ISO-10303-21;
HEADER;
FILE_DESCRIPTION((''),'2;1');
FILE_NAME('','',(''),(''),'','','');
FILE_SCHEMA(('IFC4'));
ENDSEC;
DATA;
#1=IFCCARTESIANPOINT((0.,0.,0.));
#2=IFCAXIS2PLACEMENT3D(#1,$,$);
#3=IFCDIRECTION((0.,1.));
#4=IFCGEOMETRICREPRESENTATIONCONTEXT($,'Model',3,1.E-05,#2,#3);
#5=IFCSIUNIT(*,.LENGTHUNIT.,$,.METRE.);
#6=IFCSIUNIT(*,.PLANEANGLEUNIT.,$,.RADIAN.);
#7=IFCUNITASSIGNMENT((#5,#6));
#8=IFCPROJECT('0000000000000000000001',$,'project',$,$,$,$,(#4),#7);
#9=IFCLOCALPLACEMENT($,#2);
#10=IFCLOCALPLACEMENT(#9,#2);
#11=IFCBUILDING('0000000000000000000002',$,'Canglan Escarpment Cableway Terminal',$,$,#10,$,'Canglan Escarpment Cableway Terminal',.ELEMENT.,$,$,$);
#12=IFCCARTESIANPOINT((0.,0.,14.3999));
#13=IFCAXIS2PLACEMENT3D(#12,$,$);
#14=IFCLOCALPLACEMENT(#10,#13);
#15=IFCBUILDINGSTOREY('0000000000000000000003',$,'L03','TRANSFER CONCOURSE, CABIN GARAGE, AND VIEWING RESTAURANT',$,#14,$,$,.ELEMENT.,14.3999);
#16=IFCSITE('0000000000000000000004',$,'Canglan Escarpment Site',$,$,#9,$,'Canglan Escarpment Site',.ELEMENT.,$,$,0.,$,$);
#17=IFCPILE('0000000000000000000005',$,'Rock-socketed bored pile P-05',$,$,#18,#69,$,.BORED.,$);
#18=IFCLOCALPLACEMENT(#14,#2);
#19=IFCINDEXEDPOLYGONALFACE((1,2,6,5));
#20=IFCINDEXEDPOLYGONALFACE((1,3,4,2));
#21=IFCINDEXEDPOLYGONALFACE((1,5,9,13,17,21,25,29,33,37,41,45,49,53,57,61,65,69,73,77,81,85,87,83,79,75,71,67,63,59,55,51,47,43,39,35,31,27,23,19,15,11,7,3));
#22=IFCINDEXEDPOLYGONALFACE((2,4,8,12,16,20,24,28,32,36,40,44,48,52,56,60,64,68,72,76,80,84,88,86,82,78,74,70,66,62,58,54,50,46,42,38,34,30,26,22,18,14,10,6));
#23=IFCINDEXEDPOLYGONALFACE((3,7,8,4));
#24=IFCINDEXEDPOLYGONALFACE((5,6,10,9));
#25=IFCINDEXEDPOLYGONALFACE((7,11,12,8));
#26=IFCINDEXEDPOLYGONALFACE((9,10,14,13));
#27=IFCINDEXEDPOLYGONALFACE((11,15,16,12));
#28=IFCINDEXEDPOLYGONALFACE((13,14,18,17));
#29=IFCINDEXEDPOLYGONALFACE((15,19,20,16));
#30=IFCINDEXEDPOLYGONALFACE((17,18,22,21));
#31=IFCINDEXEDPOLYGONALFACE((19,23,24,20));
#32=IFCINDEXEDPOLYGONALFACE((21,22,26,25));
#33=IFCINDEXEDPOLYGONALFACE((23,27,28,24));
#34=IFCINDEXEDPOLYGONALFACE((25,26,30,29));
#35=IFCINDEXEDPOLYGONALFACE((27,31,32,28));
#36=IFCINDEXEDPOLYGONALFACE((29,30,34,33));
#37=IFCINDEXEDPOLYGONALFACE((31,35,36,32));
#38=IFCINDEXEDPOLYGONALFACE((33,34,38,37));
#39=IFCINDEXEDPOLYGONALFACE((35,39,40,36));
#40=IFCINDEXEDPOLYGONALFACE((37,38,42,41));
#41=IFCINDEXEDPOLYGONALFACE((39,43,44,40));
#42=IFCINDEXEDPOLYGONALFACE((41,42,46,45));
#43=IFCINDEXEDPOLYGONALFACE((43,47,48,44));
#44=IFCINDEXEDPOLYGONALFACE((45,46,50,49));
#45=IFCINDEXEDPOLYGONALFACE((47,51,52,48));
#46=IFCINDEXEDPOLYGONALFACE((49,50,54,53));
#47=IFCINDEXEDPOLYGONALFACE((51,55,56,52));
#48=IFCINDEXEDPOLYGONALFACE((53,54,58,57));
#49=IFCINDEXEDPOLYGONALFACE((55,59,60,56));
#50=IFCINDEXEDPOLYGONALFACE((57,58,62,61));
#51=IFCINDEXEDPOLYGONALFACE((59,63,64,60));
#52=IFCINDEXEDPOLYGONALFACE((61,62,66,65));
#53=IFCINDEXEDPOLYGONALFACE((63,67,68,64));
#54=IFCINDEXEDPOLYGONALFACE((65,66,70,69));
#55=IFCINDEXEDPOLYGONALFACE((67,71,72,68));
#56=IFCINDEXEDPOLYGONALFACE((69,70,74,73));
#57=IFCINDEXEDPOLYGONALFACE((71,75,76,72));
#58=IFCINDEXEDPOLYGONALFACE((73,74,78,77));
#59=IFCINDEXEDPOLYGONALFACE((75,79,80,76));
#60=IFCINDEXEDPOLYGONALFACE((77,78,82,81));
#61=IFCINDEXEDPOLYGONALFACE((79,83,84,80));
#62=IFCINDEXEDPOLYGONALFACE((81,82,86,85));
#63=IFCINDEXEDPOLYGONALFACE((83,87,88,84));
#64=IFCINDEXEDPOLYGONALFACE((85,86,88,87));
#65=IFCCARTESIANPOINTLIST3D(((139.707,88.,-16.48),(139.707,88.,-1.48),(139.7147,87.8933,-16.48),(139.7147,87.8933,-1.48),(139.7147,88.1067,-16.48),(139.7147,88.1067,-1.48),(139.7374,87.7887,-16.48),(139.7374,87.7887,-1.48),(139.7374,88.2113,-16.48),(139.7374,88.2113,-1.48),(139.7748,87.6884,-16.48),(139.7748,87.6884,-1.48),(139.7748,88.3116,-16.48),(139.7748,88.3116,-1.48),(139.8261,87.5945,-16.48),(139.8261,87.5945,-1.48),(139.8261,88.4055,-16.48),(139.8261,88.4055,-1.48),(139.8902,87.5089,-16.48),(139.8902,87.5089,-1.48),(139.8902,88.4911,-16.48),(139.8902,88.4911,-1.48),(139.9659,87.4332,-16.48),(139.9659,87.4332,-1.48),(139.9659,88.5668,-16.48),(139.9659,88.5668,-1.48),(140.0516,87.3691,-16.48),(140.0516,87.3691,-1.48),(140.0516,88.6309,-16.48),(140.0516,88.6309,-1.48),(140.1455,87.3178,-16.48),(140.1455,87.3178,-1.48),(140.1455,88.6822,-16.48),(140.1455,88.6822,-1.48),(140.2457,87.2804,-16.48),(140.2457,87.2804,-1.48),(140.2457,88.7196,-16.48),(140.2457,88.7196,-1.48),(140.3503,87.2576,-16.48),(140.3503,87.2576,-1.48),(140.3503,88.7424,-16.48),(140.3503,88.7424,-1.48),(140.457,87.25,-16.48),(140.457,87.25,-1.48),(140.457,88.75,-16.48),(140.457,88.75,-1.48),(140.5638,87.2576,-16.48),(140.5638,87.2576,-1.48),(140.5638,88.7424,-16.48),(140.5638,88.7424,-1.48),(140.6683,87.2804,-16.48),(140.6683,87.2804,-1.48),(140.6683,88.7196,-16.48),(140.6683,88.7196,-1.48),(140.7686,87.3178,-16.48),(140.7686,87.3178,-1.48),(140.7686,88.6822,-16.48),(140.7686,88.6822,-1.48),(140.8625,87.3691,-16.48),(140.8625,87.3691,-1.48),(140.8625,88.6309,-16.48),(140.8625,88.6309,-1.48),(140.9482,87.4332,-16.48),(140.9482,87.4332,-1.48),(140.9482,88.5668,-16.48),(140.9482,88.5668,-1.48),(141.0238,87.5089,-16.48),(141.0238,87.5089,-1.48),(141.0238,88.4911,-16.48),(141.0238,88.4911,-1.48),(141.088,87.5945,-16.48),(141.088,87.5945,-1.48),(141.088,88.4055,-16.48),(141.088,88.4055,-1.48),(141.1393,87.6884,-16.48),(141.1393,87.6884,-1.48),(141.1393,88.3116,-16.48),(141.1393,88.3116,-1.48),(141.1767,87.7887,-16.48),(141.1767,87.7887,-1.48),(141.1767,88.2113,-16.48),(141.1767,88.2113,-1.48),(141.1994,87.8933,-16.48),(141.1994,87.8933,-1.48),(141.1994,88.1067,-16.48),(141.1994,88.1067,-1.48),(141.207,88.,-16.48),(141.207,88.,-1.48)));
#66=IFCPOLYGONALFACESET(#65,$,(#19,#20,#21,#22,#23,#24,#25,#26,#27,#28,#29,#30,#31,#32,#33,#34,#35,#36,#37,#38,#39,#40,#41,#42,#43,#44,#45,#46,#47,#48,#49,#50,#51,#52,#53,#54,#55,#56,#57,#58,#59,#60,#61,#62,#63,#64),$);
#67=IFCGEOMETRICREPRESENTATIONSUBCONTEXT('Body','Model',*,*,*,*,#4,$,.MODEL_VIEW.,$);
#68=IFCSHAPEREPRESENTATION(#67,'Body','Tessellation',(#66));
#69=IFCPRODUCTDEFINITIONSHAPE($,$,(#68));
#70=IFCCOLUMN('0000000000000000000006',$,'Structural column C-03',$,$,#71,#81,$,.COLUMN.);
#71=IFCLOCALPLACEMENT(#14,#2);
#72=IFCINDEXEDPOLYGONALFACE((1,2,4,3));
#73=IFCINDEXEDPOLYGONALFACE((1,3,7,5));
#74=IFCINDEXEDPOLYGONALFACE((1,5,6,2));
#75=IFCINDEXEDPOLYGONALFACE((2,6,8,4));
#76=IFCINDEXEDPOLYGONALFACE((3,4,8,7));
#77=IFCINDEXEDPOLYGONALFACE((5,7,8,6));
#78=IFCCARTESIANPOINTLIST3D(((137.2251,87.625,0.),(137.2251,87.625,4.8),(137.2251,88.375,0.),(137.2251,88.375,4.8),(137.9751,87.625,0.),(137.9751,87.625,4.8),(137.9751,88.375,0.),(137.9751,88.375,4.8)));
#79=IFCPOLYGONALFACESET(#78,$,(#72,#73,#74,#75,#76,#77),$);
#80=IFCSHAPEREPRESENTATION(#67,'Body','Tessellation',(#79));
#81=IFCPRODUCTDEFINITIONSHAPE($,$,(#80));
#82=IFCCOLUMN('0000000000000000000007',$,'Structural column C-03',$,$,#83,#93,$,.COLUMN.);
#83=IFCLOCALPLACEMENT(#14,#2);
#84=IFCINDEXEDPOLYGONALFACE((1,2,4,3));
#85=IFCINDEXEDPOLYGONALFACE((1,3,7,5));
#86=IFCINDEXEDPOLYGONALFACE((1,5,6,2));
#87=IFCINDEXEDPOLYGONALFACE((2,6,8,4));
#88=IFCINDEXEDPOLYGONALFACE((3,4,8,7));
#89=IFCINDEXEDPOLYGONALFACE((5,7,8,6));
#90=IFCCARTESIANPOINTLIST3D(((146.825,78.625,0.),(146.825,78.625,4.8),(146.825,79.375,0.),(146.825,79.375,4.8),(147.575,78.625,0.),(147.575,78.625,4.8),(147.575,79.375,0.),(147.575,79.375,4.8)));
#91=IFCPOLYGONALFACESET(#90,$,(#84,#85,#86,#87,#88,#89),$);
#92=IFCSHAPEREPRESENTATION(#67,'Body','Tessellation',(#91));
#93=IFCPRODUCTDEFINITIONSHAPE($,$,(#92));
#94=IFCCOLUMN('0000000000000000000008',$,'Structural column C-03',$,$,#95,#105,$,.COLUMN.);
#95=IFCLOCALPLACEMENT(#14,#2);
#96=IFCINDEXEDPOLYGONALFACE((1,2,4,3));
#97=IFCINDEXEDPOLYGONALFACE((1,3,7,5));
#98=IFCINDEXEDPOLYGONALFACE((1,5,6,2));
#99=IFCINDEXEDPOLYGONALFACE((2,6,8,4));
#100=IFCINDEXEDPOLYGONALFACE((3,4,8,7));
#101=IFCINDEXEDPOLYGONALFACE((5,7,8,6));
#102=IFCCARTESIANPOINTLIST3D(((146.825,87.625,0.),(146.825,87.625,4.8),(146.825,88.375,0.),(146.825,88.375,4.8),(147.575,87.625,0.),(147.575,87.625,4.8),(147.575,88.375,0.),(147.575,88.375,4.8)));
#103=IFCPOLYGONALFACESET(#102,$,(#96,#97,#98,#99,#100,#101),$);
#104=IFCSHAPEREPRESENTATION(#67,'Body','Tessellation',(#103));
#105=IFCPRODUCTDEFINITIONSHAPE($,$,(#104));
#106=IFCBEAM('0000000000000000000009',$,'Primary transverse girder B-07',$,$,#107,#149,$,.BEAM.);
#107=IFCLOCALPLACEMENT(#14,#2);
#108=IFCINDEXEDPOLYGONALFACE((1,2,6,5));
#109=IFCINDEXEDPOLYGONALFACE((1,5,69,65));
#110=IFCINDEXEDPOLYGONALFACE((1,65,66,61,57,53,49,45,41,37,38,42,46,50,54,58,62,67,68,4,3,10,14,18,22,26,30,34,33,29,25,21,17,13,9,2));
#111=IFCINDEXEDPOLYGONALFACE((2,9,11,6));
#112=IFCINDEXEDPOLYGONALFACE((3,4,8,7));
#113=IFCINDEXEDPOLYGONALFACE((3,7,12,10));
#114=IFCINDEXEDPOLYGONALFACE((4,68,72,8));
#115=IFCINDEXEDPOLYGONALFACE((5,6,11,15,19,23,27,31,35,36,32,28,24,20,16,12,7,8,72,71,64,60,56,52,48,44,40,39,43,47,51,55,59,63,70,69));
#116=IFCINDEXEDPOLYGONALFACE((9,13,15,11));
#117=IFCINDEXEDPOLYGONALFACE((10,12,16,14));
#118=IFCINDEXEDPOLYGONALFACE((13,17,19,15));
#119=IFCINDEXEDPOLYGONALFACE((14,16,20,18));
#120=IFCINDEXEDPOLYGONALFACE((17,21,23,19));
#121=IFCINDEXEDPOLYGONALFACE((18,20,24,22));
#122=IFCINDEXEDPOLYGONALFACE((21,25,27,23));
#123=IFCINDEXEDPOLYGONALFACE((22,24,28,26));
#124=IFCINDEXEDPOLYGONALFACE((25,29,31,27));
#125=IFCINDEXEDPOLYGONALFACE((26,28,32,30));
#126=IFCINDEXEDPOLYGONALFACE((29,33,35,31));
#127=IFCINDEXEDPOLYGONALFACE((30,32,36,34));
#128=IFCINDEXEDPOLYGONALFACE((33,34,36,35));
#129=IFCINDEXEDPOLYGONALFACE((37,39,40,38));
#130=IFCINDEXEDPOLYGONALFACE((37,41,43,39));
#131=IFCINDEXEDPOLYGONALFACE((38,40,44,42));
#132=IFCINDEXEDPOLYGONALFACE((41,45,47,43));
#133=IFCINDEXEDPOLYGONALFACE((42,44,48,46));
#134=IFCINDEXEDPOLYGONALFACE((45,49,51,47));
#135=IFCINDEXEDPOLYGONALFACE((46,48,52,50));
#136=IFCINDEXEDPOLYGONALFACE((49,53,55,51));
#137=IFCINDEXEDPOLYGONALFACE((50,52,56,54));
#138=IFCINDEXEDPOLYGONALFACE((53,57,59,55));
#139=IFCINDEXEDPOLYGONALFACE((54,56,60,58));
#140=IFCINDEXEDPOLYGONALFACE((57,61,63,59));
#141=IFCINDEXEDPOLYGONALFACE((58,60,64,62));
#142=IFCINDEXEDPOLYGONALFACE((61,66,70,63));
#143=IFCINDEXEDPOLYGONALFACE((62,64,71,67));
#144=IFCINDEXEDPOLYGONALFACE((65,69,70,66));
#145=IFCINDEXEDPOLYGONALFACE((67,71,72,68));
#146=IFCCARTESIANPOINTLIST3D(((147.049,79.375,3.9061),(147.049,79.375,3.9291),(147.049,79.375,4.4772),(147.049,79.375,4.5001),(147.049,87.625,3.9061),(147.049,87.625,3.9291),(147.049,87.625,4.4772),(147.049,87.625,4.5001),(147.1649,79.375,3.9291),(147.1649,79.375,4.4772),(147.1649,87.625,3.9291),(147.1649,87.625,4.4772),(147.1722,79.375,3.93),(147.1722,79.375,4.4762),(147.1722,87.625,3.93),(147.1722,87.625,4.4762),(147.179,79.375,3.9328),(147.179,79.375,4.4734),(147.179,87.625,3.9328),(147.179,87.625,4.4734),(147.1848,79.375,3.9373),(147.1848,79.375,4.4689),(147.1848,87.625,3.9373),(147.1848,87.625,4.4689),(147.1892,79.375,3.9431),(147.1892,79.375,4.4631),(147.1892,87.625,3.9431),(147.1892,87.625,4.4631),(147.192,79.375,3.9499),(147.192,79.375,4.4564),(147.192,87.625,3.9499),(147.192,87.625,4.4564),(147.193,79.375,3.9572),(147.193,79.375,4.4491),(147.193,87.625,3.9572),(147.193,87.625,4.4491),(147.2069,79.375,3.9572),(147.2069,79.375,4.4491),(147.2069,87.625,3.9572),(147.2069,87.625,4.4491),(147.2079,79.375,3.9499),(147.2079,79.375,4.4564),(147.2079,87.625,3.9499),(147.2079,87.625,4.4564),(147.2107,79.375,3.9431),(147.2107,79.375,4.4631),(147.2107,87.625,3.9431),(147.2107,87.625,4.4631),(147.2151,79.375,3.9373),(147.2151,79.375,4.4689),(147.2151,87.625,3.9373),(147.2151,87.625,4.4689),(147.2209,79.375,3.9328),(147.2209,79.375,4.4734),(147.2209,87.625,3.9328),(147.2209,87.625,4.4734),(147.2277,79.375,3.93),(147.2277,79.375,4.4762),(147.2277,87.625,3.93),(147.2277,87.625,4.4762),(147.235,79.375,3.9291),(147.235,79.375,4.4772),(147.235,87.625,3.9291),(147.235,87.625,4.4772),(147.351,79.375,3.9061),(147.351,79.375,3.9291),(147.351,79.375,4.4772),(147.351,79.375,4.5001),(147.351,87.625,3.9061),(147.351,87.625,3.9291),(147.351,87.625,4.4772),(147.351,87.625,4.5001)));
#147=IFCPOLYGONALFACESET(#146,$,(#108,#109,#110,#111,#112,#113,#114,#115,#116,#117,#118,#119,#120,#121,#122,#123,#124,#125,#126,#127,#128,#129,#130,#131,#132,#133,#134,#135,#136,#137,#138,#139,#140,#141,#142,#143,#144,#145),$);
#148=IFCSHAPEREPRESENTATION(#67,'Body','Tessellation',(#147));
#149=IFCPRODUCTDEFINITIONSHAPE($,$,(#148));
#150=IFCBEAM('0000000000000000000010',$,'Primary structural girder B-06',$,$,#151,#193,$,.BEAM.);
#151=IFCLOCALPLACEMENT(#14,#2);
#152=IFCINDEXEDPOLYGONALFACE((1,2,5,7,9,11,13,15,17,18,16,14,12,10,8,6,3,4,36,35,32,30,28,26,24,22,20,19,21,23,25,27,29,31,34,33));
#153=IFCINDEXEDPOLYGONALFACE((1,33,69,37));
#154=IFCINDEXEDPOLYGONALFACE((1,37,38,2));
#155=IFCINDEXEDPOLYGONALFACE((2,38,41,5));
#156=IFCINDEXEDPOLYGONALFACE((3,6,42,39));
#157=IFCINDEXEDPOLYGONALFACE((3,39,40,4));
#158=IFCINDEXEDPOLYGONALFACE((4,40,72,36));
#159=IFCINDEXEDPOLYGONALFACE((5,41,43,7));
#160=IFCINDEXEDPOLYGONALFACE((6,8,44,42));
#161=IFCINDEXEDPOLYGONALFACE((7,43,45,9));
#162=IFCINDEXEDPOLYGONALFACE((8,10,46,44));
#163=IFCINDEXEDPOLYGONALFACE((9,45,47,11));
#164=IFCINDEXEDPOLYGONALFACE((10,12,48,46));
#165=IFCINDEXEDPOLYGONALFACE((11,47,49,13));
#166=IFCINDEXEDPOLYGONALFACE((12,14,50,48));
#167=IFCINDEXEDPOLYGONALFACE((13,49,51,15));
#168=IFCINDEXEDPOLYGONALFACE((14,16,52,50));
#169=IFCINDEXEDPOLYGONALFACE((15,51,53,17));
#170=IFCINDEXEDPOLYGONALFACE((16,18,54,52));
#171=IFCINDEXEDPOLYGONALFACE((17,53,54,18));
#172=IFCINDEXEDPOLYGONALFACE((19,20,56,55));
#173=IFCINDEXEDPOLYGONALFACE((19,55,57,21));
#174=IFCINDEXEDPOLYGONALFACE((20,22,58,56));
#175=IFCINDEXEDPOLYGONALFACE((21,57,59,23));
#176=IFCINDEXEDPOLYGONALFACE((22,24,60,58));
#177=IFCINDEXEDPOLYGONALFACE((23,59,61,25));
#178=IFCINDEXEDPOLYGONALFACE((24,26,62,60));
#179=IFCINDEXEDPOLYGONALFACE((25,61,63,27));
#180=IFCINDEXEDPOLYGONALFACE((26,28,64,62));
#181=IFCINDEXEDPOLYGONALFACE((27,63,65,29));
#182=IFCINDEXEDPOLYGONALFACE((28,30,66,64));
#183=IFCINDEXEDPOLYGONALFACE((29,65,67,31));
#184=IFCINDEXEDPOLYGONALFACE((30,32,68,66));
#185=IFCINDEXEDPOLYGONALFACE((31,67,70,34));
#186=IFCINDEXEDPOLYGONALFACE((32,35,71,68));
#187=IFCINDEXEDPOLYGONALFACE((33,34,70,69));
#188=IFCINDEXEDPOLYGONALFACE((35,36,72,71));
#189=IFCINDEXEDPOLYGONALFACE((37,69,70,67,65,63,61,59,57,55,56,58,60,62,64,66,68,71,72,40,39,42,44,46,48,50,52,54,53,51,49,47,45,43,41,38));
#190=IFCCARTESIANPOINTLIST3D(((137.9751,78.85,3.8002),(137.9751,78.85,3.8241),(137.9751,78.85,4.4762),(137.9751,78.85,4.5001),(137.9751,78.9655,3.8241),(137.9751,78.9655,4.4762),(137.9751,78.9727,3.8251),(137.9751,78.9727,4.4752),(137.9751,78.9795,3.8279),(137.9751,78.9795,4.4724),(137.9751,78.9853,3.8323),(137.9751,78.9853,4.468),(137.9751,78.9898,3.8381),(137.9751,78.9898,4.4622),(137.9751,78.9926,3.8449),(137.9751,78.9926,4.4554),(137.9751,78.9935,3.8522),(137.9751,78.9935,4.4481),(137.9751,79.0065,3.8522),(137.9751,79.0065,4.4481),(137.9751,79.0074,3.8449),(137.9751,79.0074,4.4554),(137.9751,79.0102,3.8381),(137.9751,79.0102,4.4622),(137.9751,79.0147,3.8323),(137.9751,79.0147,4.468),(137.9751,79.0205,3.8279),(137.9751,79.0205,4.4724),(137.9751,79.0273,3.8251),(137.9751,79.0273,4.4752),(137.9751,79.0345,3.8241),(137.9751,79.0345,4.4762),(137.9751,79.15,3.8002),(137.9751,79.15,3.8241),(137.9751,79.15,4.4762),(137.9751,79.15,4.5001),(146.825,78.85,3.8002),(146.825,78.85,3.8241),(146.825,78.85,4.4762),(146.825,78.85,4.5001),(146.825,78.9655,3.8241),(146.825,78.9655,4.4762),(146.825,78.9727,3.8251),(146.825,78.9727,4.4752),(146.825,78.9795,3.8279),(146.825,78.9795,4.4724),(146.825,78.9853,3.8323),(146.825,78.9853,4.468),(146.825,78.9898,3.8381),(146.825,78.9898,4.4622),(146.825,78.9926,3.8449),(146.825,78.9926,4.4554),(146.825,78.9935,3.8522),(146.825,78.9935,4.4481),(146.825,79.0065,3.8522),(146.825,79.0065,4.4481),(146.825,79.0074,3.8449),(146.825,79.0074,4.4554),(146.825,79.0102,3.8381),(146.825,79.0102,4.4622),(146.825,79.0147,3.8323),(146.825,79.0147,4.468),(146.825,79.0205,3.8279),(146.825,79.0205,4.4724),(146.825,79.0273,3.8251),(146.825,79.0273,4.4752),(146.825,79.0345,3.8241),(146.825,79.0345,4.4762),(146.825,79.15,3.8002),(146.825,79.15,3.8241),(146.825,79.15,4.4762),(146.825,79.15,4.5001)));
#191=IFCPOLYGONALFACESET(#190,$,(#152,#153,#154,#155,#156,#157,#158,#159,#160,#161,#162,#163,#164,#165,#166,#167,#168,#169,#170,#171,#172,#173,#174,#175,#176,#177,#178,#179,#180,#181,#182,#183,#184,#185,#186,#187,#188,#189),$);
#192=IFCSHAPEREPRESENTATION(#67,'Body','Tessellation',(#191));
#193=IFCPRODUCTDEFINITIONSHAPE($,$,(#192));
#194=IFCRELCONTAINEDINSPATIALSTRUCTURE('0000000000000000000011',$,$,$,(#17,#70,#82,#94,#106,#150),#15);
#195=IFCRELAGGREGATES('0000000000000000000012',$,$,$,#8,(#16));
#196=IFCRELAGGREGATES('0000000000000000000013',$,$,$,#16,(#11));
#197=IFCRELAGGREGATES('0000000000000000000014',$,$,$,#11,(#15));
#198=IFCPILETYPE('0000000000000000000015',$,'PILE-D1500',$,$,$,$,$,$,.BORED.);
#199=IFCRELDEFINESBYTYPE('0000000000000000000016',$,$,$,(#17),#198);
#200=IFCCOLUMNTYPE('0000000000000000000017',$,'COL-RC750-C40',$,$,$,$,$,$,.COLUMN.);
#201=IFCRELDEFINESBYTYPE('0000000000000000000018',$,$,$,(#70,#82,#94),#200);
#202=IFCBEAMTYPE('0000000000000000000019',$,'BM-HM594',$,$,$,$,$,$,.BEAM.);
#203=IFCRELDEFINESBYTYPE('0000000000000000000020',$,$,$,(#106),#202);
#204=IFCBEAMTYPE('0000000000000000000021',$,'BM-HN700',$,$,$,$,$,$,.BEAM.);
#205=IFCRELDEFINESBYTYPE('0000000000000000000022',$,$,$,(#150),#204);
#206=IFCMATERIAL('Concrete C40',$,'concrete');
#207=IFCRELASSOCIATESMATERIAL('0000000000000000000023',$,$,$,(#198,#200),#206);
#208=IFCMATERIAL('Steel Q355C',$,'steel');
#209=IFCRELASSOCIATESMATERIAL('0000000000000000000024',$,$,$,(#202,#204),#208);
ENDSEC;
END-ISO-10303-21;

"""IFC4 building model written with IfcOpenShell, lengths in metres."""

from ifc_helpers import new_model, si_unit, direction, frame, origin, origin_2d, place, context, subcontext, project, spatial, rectangle, circle, i_section, extrude, material, material_profile, profile_set, type_object, element, save


model = new_model("IFC4")

# Units and contexts
model_context = context("Model", 3, precision=1e-05, world=origin(), true_north=direction((0.0, 1.0)))
body_context = subcontext(model_context, "Body", "Model", "MODEL_VIEW")
ifc_project = project(units=[si_unit("LENGTHUNIT", "METRE"), si_unit("PLANEANGLEUNIT", "RADIAN")], contexts=[model_context])

# Site, building, storey
site_placement = place(None, origin())
site = spatial("IfcSite", under=ifc_project, at=site_placement, Name="Canglan Escarpment Site", LongName="Canglan Escarpment Site", CompositionType="ELEMENT", RefElevation=0.0)
building_placement = place(site_placement, origin())
building = spatial("IfcBuilding", under=site, at=building_placement, Name="Canglan Escarpment Cableway Terminal", LongName="Canglan Escarpment Cableway Terminal", CompositionType="ELEMENT")
storey_placement = place(building_placement, frame((0.0, 0.0, 14.3999)))
storey = spatial("IfcBuildingStorey", under=building, at=storey_placement, Name="L03", Description="TRANSFER CONCOURSE, CABIN GARAGE, AND VIEWING RESTAURANT", CompositionType="ELEMENT", Elevation=14.3999)

# Shared definitions
ifc_material_1 = material(Name="Concrete C40", Category="concrete")

# Pile
ifc_material_profile_1 = material_profile(ifc_material_1, circle(Radius=0.75, at=origin_2d()), Name="BORED PILE D1500")
ifc_profile_set_1 = profile_set([ifc_material_profile_1], Name="Concrete C40")
pile_type = type_object("IfcPileType", Name="PILE-D1500", PredefinedType="BORED", material=ifc_profile_set_1)
for number, where, z_axis, x_axis, name in (
    (1, (140.457, 88.0, -1.48), (0.0, 0.0, -1.0), (1.0, 0.0, 0.0), "Rock-socketed bored pile P-05"),
):
    element("IfcPile", number, at=place(storey_placement, frame(where, z_axis=z_axis, x_axis=x_axis)), inside=storey, type_object=pile_type, Name=name, PredefinedType="BORED", context=body_context, shape_type="SweptSolid", body=[
        extrude(circle(Radius=0.75, at=origin_2d()), origin(), (0.0, 0.0, 1.0), 15.0),
    ])

# Columns
ifc_material_profile_2 = material_profile(ifc_material_1, rectangle(XDim=0.75, YDim=0.75, at=origin_2d()), Name="RC 750x750")
ifc_profile_set_2 = profile_set([ifc_material_profile_2], Name="Concrete C40")
column_type = type_object("IfcColumnType", Name="COL-RC750-C40", PredefinedType="COLUMN", material=ifc_profile_set_2)
for number, where, z_axis, x_axis, name in (
    (2, (137.6001, 88.0, 0.0), (0.0, 0.0, 1.0), (1.0, 0.0, 0.0), "Structural column C-03"),
    (3, (147.2, 79.0, 0.0), (0.0, 0.0, 1.0), (1.0, 0.0, 0.0), "Structural column C-03"),
    (4, (147.2, 88.0, 0.0), (0.0, 0.0, 1.0), (1.0, 0.0, 0.0), "Structural column C-03"),
):
    element("IfcColumn", number, at=place(storey_placement, frame(where, z_axis=z_axis, x_axis=x_axis)), inside=storey, type_object=column_type, Name=name, PredefinedType="COLUMN", context=body_context, shape_type="SweptSolid", body=[
        extrude(rectangle(XDim=0.75, YDim=0.75, at=origin_2d()), origin(), (0.0, 0.0, 1.0), 4.8),
    ])

# Beams
ifc_material_2 = material(Name="Steel Q355C", Category="steel")
ifc_material_profile_3 = material_profile(ifc_material_2, i_section(OverallWidth=0.302, OverallDepth=0.594, WebThickness=0.0139, FlangeThickness=0.0229, FilletRadius=0.0281, at=origin_2d()), Name="HM 594x302x14x23")
ifc_profile_set_3 = profile_set([ifc_material_profile_3], Name="Steel Q355C")
beam_type_1 = type_object("IfcBeamType", Name="BM-HM594", PredefinedType="BEAM", material=ifc_profile_set_3)
beam_1_placement = place(storey_placement, frame((147.2, 79.375, 4.2031), z_axis=(0.0, 1.0, 0.0), x_axis=(-1.0, 0.0, 0.0)))
element("IfcBeam", 5, at=beam_1_placement, inside=storey, type_object=beam_type_1, Name="Primary transverse girder B-07", PredefinedType="BEAM", context=body_context, shape_type="SweptSolid", body=[
    extrude(i_section(OverallWidth=0.302, OverallDepth=0.594, WebThickness=0.0139, FlangeThickness=0.0229, FilletRadius=0.0281, at=origin_2d()), origin(), (0.0, 0.0, 1.0), 8.25),
])
ifc_material_profile_4 = material_profile(ifc_material_2, i_section(OverallWidth=0.3, OverallDepth=0.7, WebThickness=0.0129, FlangeThickness=0.0239, FilletRadius=0.0281, at=origin_2d()), Name="HN 700x300x13x24")
ifc_profile_set_4 = profile_set([ifc_material_profile_4], Name="Steel Q355C")
beam_type_2 = type_object("IfcBeamType", Name="BM-HN700", PredefinedType="BEAM", material=ifc_profile_set_4)
beam_2_placement = place(storey_placement, frame((137.9751, 79.0, 4.1501), z_axis=(1.0, 0.0, 0.0), x_axis=(0.0, 1.0, 0.0)))
element("IfcBeam", 6, at=beam_2_placement, inside=storey, type_object=beam_type_2, Name="Primary structural girder B-06", PredefinedType="BEAM", context=body_context, shape_type="SweptSolid", body=[
    extrude(i_section(OverallWidth=0.3, OverallDepth=0.7, WebThickness=0.0129, FlangeThickness=0.0239, FilletRadius=0.0281, at=origin_2d()), origin(), (0.0, 0.0, 1.0), 8.8499),
])

save(model, "model.ifc")
